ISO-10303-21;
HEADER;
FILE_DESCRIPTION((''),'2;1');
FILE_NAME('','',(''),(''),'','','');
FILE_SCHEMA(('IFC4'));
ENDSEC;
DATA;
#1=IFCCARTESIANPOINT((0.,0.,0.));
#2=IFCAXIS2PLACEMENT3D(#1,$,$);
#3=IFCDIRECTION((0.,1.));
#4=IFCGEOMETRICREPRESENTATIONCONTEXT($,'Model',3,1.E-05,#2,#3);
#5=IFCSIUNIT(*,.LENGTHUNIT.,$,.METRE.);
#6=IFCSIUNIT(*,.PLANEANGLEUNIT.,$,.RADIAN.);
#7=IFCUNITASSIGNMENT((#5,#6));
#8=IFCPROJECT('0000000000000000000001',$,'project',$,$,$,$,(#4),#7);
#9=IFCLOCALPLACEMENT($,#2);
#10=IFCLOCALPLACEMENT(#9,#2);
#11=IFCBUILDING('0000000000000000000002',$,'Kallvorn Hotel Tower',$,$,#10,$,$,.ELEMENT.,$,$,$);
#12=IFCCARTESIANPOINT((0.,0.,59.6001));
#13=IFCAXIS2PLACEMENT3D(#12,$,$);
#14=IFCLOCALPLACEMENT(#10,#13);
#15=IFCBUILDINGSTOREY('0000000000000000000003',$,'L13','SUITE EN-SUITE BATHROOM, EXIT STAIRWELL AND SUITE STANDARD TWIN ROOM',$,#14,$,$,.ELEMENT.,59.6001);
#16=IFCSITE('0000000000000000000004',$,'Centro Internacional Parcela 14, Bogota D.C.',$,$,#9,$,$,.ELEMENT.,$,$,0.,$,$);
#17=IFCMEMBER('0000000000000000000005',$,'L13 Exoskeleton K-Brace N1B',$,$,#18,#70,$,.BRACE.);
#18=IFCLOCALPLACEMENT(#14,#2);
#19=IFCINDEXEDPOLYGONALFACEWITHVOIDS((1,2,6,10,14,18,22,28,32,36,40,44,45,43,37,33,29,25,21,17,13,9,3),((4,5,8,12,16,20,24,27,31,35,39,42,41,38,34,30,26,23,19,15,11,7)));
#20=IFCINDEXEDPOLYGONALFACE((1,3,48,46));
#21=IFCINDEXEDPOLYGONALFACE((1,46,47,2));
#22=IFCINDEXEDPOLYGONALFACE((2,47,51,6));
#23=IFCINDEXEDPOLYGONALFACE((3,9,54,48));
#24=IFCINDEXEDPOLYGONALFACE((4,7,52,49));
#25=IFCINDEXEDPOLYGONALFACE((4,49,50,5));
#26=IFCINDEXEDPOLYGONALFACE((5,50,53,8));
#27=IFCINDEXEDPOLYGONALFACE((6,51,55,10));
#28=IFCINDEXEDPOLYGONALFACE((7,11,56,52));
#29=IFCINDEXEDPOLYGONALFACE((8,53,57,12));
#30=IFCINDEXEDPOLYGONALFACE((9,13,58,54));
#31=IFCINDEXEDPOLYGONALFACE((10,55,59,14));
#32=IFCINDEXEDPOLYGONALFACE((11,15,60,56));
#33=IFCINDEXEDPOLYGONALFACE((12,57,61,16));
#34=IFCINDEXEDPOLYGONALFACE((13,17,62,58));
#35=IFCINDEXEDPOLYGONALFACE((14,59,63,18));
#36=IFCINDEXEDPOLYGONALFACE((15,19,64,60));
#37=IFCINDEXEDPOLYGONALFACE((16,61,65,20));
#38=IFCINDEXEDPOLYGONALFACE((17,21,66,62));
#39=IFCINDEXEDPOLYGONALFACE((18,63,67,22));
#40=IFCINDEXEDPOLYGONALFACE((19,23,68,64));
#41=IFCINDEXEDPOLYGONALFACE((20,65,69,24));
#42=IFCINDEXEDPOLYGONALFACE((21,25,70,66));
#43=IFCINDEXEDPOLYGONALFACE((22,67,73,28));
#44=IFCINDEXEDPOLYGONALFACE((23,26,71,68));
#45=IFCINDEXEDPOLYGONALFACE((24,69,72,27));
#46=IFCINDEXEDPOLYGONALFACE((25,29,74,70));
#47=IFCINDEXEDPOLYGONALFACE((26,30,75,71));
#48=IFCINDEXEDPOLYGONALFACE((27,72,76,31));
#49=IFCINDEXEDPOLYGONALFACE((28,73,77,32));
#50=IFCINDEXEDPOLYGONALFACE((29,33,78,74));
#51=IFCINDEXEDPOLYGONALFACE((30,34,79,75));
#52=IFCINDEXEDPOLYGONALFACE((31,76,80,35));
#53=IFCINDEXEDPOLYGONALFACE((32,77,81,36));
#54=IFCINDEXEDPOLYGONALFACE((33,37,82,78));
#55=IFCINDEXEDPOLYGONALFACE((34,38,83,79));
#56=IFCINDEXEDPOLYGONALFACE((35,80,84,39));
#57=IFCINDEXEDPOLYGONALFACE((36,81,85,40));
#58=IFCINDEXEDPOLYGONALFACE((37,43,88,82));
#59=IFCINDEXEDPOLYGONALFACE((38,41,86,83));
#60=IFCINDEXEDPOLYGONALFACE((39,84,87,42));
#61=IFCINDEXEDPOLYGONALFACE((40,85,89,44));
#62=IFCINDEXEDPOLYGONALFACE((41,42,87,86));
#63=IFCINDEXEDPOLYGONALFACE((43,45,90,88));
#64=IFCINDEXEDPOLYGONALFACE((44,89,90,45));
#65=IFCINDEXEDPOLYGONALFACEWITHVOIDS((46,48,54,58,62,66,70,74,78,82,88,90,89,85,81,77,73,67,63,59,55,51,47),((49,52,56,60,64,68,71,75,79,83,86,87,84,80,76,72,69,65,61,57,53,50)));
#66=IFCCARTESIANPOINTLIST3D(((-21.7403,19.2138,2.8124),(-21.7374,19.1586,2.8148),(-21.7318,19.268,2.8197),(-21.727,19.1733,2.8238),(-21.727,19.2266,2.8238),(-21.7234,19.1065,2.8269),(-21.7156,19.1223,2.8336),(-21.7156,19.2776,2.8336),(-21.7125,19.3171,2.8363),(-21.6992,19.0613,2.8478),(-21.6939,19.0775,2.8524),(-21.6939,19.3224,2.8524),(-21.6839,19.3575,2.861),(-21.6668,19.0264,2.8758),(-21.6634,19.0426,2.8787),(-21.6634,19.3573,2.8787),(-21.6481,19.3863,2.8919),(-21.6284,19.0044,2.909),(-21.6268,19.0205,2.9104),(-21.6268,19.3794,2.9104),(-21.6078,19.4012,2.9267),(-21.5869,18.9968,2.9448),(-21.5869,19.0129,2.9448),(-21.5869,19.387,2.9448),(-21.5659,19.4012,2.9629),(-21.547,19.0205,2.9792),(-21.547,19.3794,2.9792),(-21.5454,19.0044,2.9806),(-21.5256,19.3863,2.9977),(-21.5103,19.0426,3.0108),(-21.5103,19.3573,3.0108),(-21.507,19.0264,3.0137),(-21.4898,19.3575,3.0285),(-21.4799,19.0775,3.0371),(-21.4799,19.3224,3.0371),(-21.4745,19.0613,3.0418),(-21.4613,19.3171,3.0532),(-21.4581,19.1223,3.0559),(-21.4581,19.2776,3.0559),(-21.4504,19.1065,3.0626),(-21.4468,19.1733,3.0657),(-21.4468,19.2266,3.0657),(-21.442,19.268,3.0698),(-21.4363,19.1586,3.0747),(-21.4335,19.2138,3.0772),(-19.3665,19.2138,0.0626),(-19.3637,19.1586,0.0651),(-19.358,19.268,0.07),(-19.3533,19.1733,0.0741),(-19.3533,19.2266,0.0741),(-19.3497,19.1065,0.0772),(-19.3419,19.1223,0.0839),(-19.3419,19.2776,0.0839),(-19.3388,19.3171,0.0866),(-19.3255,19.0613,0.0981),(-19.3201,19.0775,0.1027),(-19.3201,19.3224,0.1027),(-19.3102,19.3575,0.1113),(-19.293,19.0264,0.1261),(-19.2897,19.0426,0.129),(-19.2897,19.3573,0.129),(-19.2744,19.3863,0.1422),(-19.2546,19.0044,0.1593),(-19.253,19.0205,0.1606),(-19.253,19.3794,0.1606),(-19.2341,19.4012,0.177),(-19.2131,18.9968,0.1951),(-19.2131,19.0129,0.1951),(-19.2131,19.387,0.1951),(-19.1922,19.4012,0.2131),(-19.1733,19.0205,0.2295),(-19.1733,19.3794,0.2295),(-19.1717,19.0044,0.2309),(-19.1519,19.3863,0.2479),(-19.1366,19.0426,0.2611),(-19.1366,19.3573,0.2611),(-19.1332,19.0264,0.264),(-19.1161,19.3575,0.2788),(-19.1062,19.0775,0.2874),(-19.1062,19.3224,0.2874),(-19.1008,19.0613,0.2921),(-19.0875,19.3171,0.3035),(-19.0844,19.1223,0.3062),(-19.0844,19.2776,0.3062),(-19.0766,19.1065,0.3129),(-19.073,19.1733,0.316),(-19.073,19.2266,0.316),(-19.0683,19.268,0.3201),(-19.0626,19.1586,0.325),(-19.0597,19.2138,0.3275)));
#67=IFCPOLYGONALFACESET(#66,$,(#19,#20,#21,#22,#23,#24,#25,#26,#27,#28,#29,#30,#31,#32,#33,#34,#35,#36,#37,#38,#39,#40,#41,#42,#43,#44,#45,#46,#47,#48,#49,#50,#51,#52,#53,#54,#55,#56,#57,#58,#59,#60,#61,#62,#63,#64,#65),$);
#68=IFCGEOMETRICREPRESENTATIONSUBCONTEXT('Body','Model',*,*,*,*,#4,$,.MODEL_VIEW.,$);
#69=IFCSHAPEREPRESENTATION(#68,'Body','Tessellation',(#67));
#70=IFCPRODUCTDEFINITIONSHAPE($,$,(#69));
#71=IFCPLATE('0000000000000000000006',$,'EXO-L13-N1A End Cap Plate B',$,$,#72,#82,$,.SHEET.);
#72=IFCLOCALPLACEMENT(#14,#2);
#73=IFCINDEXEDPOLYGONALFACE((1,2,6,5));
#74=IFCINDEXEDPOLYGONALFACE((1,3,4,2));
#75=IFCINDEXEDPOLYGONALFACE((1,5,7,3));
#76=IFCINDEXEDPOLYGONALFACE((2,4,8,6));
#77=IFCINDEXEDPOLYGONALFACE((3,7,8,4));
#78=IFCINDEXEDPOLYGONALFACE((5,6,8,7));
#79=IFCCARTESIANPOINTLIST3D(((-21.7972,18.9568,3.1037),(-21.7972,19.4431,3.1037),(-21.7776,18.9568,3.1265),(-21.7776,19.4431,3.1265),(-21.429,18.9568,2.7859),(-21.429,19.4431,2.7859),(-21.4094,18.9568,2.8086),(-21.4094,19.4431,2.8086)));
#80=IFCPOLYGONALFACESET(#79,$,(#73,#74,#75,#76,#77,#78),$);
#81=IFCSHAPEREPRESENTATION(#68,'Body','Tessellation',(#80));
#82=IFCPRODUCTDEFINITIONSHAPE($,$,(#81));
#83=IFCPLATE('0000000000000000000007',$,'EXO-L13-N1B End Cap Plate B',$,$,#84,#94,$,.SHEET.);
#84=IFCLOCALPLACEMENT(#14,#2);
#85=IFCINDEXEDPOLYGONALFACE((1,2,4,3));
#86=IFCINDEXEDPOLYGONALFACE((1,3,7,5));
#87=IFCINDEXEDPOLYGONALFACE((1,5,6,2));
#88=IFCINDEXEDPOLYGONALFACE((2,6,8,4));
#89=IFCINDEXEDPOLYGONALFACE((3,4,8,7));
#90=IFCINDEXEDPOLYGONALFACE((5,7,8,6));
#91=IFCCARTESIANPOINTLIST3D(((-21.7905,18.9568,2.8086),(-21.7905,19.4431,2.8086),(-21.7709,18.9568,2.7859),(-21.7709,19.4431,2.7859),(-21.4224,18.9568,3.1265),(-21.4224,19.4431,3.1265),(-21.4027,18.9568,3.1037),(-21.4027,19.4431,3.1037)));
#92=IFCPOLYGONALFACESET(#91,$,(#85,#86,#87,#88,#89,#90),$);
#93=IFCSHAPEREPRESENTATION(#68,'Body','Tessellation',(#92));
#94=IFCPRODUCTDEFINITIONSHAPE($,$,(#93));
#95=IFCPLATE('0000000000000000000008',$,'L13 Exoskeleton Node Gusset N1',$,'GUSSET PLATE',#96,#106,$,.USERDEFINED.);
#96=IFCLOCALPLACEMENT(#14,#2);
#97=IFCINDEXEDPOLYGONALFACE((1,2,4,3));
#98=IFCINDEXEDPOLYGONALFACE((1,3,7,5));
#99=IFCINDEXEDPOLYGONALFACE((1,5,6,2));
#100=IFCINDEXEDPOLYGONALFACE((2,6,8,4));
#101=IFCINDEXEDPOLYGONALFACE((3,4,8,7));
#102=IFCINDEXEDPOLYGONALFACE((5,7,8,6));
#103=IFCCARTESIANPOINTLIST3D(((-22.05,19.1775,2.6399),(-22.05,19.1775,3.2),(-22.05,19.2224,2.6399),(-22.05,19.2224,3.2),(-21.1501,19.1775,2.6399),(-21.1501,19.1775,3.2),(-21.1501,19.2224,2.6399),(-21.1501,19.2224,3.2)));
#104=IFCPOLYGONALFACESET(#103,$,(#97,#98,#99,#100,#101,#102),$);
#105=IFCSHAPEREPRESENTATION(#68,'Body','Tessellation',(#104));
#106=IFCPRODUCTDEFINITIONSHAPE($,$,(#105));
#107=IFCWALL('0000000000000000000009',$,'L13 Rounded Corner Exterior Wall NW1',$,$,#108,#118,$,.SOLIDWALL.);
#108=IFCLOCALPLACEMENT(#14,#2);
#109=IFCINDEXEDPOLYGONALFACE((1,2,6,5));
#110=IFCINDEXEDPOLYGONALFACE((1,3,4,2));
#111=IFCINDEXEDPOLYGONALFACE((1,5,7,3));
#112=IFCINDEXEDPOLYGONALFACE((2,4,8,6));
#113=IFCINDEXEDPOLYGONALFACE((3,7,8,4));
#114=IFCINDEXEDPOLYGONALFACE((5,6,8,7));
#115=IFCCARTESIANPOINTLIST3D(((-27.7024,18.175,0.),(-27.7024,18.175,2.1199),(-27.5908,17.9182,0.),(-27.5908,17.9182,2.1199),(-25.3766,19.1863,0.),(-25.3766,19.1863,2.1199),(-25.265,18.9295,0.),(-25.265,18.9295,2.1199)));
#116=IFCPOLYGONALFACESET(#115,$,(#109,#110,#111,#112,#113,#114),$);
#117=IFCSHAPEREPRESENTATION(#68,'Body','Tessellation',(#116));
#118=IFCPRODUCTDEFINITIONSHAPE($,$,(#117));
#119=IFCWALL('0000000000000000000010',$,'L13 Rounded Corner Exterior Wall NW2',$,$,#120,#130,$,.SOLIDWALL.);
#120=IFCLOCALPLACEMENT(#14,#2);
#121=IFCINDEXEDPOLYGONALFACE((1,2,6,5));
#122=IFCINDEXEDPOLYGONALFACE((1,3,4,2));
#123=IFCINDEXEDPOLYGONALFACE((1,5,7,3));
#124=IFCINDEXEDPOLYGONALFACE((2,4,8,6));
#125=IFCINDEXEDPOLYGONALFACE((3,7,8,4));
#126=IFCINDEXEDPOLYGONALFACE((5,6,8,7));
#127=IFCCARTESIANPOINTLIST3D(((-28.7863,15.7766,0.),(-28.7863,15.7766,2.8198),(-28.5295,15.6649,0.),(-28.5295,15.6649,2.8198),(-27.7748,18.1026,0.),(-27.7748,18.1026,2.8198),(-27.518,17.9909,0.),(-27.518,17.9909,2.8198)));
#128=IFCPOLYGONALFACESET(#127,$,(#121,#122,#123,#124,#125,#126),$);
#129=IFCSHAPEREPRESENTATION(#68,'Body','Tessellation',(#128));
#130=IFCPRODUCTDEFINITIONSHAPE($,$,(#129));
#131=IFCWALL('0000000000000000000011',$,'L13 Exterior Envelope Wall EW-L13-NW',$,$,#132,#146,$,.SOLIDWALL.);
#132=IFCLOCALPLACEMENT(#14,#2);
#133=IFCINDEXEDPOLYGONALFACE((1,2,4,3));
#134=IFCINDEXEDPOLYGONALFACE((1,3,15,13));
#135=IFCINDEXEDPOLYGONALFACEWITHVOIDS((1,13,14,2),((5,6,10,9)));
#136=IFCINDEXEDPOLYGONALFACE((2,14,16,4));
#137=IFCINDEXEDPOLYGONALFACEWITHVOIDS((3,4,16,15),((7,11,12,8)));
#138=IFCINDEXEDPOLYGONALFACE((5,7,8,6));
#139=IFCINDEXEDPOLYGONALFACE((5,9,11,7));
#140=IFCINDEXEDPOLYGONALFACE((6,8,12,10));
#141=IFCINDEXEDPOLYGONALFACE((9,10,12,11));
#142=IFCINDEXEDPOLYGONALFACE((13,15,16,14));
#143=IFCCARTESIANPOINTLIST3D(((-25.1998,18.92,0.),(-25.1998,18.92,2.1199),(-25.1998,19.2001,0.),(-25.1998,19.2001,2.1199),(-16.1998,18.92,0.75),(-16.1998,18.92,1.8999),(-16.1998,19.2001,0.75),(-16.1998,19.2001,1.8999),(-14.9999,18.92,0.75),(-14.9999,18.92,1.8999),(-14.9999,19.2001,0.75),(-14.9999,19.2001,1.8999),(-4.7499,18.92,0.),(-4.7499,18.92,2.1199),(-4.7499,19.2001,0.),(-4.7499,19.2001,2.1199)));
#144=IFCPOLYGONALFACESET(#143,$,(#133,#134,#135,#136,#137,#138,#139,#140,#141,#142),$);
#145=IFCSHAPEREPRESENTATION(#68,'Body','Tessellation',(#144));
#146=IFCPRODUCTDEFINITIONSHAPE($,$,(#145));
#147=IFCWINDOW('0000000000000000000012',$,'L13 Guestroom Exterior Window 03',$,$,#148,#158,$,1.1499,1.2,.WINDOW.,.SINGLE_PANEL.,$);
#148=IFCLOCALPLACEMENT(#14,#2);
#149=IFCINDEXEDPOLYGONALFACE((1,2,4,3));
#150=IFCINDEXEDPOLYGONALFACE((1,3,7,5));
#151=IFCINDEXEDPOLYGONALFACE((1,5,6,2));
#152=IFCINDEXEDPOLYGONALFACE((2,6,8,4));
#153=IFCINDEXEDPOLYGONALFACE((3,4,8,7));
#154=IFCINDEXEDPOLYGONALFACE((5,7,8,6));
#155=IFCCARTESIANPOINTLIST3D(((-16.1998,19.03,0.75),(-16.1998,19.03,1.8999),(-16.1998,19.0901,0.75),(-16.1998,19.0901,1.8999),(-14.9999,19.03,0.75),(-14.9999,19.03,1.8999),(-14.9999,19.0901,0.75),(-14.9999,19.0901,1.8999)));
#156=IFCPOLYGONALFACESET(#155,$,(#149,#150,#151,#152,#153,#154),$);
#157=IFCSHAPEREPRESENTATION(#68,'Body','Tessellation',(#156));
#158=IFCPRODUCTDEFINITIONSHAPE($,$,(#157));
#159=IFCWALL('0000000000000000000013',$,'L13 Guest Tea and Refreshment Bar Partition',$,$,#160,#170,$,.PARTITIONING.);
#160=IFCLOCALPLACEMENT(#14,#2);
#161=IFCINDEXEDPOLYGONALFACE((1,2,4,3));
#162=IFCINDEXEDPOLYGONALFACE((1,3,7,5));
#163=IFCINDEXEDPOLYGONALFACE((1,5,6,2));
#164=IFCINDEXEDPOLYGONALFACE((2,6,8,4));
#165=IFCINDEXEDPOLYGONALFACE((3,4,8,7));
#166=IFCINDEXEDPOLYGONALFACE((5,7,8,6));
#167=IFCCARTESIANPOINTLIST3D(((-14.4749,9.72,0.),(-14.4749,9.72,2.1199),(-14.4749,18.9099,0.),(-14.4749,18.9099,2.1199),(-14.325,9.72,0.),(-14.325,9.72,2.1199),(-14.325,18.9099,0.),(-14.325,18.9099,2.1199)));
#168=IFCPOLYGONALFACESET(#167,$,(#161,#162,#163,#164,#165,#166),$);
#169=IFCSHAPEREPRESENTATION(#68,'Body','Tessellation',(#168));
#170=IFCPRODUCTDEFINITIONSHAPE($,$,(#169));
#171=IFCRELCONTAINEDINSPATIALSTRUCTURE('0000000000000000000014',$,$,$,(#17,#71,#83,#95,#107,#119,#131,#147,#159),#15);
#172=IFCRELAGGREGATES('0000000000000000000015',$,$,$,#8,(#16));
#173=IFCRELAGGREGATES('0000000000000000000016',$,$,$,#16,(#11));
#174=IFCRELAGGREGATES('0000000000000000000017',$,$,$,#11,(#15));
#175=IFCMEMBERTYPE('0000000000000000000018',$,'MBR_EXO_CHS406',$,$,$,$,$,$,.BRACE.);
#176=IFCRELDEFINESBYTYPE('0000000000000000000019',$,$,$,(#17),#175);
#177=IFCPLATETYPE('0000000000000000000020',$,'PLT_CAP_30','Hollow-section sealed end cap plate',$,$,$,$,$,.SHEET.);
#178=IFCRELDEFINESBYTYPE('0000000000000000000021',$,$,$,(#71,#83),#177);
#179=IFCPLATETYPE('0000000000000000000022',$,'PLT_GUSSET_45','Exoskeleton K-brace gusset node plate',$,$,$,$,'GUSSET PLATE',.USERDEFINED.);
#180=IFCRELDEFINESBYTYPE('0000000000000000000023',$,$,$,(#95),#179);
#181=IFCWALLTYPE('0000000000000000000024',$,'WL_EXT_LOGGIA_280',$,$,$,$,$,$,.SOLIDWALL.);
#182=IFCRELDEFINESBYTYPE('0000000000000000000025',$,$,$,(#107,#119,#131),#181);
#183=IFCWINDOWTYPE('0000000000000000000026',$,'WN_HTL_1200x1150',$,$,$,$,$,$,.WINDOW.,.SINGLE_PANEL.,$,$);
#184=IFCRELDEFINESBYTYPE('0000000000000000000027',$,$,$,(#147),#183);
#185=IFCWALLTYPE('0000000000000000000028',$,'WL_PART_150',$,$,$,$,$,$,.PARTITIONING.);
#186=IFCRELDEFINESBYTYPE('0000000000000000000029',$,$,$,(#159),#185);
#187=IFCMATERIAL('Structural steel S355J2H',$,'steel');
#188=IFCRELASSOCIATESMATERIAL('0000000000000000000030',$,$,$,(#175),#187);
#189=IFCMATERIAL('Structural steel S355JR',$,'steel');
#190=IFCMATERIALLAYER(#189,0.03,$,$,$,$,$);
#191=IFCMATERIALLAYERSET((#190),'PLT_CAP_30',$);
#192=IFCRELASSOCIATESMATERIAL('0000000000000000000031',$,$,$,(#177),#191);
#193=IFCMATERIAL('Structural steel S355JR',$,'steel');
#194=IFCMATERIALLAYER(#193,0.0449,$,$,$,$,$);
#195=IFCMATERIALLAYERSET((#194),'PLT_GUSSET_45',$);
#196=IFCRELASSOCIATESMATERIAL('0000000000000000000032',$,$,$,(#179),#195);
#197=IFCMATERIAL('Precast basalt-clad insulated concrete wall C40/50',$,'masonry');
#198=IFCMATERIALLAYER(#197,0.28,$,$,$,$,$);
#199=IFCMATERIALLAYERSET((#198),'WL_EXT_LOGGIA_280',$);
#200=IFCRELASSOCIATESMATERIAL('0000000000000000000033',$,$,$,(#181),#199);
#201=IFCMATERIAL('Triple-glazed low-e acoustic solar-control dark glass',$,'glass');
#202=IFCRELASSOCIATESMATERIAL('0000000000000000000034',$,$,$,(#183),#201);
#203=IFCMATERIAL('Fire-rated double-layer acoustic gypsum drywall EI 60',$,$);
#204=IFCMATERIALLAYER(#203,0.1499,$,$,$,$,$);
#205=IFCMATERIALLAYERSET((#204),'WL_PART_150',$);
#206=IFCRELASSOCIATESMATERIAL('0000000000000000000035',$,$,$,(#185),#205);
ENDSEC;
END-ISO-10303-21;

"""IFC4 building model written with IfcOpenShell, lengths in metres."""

from ifc_helpers import new_model, si_unit, direction, frame, frame_2d, origin, origin_2d, place, context, subcontext, project, spatial, polyline, rectangle, hollow_circle, outline, extrude, material, layer, layer_set, material_profile, profile_set, type_object, element, fill, save


model = new_model("IFC4")

# Units and contexts
model_context = context("Model", 3, precision=1e-05, world=origin(), true_north=direction((0.0, 1.0)))
body_context = subcontext(model_context, "Body", "Model", "MODEL_VIEW")
ifc_project = project(units=[si_unit("LENGTHUNIT", "METRE"), si_unit("PLANEANGLEUNIT", "RADIAN")], contexts=[model_context])

# Site, building, storey
site_placement = place(None, origin())
site = spatial("IfcSite", under=ifc_project, at=site_placement, Name="Centro Internacional Parcela 14, Bogota D.C.", CompositionType="ELEMENT", RefElevation=0.0)
building_placement = place(site_placement, origin())
building = spatial("IfcBuilding", under=site, at=building_placement, Name="Kallvorn Hotel Tower", CompositionType="ELEMENT")
storey_placement = place(building_placement, frame((0.0, 0.0, 59.6001)))
storey = spatial("IfcBuildingStorey", under=building, at=storey_placement, Name="L13", Description="SUITE EN-SUITE BATHROOM, EXIT STAIRWELL AND SUITE STANDARD TWIN ROOM", CompositionType="ELEMENT", Elevation=59.6001)

# Member
ifc_material_1 = material(Name="Structural steel S355J2H", Category="steel")
ifc_material_profile_1 = material_profile(ifc_material_1, hollow_circle(Radius=0.2031, WallThickness=0.0161, at=origin_2d()), Name="CHS 406.4x16")
ifc_profile_set_1 = profile_set([ifc_material_profile_1], Name="Structural steel S355J2H")
member_type_1 = type_object("IfcMemberType", Name="MBR_EXO_CHS406", PredefinedType="BRACE", material=ifc_profile_set_1)
for number, where, z_axis, x_axis, name in (
    (1, (-19.2131, 19.2, 0.1951), (-0.653461, 0.0, 0.756961), (0.0, -1.0, 0.0), "L13 Exoskeleton K-Brace N1B"),
):
    element("IfcMember", number, at=place(storey_placement, frame(where, z_axis=z_axis, x_axis=x_axis)), inside=storey, type_object=member_type_1, Name=name, PredefinedType="BRACE", context=body_context, shape_type="SweptSolid", body=[
        extrude(hollow_circle(Radius=0.2031, WallThickness=0.0161, at=origin_2d()), origin(), (0.0, 0.0, 1.0), 3.6326),
    ])

# Plates
ifc_material_2 = material(Name="Structural steel S355JR", Category="steel")
ifc_layer_1 = layer(ifc_material_2, 0.03)
ifc_layer_set_1 = layer_set([ifc_layer_1], Name="PLT_CAP_30")
plate_type_1 = type_object("IfcPlateType", Name="PLT_CAP_30", Description="Hollow-section sealed end cap plate", PredefinedType="SHEET", material=ifc_layer_set_1)
for number, where, z_axis, x_axis, name in (
    (2, (-21.4094, 18.9568, 2.8086), (0.653515, 0.0, 0.756913), (0.0, 1.0, 0.0), "EXO-L13-N1A End Cap Plate B"),
    (3, (-21.7905, 19.4431, 2.8086), (-0.653515, 0.0, 0.756913), (0.0, -1.0, 0.0), "EXO-L13-N1B End Cap Plate B"),
):
    element("IfcPlate", number, at=place(storey_placement, frame(where, z_axis=z_axis, x_axis=x_axis)), inside=storey, type_object=plate_type_1, Name=name, PredefinedType="SHEET", context=body_context, shape_type="SweptSolid", body=[
        extrude(outline(polyline([(0.0, 0.0), (0.4863, 0.0), (0.4863, 0.4864), (0.0, 0.4864), (0.0, 0.0)])), origin(), (0.0, 0.0, -1.0), 0.03),
    ])
ifc_material_3 = material(Name="Structural steel S355JR", Category="steel")
ifc_layer_2 = layer(ifc_material_3, 0.0449)
ifc_layer_set_2 = layer_set([ifc_layer_2], Name="PLT_GUSSET_45")
plate_type_2 = type_object("IfcPlateType", Name="PLT_GUSSET_45", Description="Exoskeleton K-brace gusset node plate", ElementType="GUSSET PLATE", PredefinedType="USERDEFINED", material=ifc_layer_set_2)
plate_placement = place(storey_placement, frame((-21.6001, 19.2, 2.6399), z_axis=(0.0, 0.0, 1.0), x_axis=(1.0, 0.0, 0.0)))
element("IfcPlate", 4, at=plate_placement, inside=storey, type_object=plate_type_2, Name="L13 Exoskeleton Node Gusset N1", ObjectType="GUSSET PLATE", PredefinedType="USERDEFINED", context=body_context, shape_type="SweptSolid", body=[
    extrude(rectangle(XDim=0.8999, YDim=0.0449, at=origin_2d()), origin(), (0.0, 0.0, 1.0), 0.5601),
])

# Walls
ifc_material_4 = material(Name="Precast basalt-clad insulated concrete wall C40/50", Category="masonry")
ifc_layer_3 = layer(ifc_material_4, 0.28)
ifc_layer_set_3 = layer_set([ifc_layer_3], Name="WL_EXT_LOGGIA_280")
wall_type_1 = type_object("IfcWallType", Name="WL_EXT_LOGGIA_280", PredefinedType="SOLIDWALL", material=ifc_layer_set_3)
wall_1_placement = place(storey_placement, frame((-25.3208, 19.0579, 0.0), z_axis=(0.0, 0.0, 1.0), x_axis=(-0.917061, -0.398747, 0.0)))
element("IfcWall", 5, at=wall_1_placement, inside=storey, type_object=wall_type_1, Name="L13 Rounded Corner Exterior Wall NW1", PredefinedType="SOLIDWALL", context=body_context, shape_type="SweptSolid", body=[
    extrude(rectangle(XDim=2.5361, YDim=0.28, at=frame_2d((1.2681, 0.0))), origin(), (0.0, 0.0, 1.0), 2.1199),
])
wall_2_placement = place(storey_placement, frame((-27.6465, 18.0466, 0.0), z_axis=(0.0, 0.0, 1.0), x_axis=(-0.398793, -0.917041, 0.0)))
element("IfcWall", 6, at=wall_2_placement, inside=storey, type_object=wall_type_1, Name="L13 Rounded Corner Exterior Wall NW2", PredefinedType="SOLIDWALL", context=body_context, shape_type="SweptSolid", body=[
    extrude(rectangle(XDim=2.5364, YDim=0.28, at=frame_2d((1.2681, 0.0))), origin(), (0.0, 0.0, 1.0), 2.8198),
])

# Wall, opening, window
wall_3_placement = place(storey_placement, frame((-25.2, 19.0601, 0.0), z_axis=(0.0, 0.0, 1.0), x_axis=(1.0, 0.0, 0.0)))
wall_3 = element("IfcWall", 7, at=wall_3_placement, inside=storey, type_object=wall_type_1, Name="L13 Exterior Envelope Wall EW-L13-NW", PredefinedType="SOLIDWALL", context=body_context, shape_type="SweptSolid", body=[
    extrude(rectangle(XDim=20.45, YDim=0.28, at=frame_2d((10.2251, 0.0))), origin(), (0.0, 0.0, 1.0), 2.1199),
])
opening_placement = place(wall_3_placement, frame((9.0, 0.0, 0.75)))
opening = element("IfcOpeningElement", 8, at=opening_placement, cuts=wall_3, PredefinedType="OPENING", context=body_context, shape_type="SweptSolid", body=[
    extrude(rectangle(XDim=1.2, YDim=1.1499, at=frame_2d((0.6001, 0.575))), frame((0.0, 0.155, 0.0), z_axis=(0.0, -1.0, 0.0), x_axis=(1.0, 0.0, 0.0)), (0.0, 0.0, 1.0), 0.3101),
])
ifc_material_5 = material(Name="Triple-glazed low-e acoustic solar-control dark glass", Category="glass")
window_type = type_object("IfcWindowType", Name="WN_HTL_1200x1150", PartitioningType="SINGLE_PANEL", PredefinedType="WINDOW", material=ifc_material_5)
window_placement = place(opening_placement, origin())
window = element("IfcWindow", 9, at=window_placement, inside=storey, type_object=window_type, Name="L13 Guestroom Exterior Window 03", OverallHeight=1.1499, OverallWidth=1.2, PartitioningType="SINGLE_PANEL", PredefinedType="WINDOW", context=body_context, shape_type="SweptSolid", body=[
    extrude(rectangle(XDim=1.2, YDim=1.1499, at=frame_2d((0.6001, 0.575))), frame((0.0, 0.03, 0.0), z_axis=(0.0, -1.0, 0.0), x_axis=(1.0, 0.0, 0.0)), (0.0, 0.0, 1.0), 0.0601),
])
fill(opening, window)

# Wall
ifc_material_6 = material(Name="Fire-rated double-layer acoustic gypsum drywall EI 60")
ifc_layer_4 = layer(ifc_material_6, 0.1499)
ifc_layer_set_4 = layer_set([ifc_layer_4], Name="WL_PART_150")
wall_type_2 = type_object("IfcWallType", Name="WL_PART_150", PredefinedType="PARTITIONING", material=ifc_layer_set_4)
wall_4_placement = place(storey_placement, frame((-14.3999, 9.72, 0.0), z_axis=(0.0, 0.0, 1.0), x_axis=(0.0, 1.0, 0.0)))
element("IfcWall", 10, at=wall_4_placement, inside=storey, type_object=wall_type_2, Name="L13 Guest Tea and Refreshment Bar Partition", PredefinedType="PARTITIONING", context=body_context, shape_type="SweptSolid", body=[
    extrude(rectangle(XDim=9.1899, YDim=0.1499, at=frame_2d((4.595, 0.0))), origin(), (0.0, 0.0, 1.0), 2.1199),
])

save(model, "model.ifc")
